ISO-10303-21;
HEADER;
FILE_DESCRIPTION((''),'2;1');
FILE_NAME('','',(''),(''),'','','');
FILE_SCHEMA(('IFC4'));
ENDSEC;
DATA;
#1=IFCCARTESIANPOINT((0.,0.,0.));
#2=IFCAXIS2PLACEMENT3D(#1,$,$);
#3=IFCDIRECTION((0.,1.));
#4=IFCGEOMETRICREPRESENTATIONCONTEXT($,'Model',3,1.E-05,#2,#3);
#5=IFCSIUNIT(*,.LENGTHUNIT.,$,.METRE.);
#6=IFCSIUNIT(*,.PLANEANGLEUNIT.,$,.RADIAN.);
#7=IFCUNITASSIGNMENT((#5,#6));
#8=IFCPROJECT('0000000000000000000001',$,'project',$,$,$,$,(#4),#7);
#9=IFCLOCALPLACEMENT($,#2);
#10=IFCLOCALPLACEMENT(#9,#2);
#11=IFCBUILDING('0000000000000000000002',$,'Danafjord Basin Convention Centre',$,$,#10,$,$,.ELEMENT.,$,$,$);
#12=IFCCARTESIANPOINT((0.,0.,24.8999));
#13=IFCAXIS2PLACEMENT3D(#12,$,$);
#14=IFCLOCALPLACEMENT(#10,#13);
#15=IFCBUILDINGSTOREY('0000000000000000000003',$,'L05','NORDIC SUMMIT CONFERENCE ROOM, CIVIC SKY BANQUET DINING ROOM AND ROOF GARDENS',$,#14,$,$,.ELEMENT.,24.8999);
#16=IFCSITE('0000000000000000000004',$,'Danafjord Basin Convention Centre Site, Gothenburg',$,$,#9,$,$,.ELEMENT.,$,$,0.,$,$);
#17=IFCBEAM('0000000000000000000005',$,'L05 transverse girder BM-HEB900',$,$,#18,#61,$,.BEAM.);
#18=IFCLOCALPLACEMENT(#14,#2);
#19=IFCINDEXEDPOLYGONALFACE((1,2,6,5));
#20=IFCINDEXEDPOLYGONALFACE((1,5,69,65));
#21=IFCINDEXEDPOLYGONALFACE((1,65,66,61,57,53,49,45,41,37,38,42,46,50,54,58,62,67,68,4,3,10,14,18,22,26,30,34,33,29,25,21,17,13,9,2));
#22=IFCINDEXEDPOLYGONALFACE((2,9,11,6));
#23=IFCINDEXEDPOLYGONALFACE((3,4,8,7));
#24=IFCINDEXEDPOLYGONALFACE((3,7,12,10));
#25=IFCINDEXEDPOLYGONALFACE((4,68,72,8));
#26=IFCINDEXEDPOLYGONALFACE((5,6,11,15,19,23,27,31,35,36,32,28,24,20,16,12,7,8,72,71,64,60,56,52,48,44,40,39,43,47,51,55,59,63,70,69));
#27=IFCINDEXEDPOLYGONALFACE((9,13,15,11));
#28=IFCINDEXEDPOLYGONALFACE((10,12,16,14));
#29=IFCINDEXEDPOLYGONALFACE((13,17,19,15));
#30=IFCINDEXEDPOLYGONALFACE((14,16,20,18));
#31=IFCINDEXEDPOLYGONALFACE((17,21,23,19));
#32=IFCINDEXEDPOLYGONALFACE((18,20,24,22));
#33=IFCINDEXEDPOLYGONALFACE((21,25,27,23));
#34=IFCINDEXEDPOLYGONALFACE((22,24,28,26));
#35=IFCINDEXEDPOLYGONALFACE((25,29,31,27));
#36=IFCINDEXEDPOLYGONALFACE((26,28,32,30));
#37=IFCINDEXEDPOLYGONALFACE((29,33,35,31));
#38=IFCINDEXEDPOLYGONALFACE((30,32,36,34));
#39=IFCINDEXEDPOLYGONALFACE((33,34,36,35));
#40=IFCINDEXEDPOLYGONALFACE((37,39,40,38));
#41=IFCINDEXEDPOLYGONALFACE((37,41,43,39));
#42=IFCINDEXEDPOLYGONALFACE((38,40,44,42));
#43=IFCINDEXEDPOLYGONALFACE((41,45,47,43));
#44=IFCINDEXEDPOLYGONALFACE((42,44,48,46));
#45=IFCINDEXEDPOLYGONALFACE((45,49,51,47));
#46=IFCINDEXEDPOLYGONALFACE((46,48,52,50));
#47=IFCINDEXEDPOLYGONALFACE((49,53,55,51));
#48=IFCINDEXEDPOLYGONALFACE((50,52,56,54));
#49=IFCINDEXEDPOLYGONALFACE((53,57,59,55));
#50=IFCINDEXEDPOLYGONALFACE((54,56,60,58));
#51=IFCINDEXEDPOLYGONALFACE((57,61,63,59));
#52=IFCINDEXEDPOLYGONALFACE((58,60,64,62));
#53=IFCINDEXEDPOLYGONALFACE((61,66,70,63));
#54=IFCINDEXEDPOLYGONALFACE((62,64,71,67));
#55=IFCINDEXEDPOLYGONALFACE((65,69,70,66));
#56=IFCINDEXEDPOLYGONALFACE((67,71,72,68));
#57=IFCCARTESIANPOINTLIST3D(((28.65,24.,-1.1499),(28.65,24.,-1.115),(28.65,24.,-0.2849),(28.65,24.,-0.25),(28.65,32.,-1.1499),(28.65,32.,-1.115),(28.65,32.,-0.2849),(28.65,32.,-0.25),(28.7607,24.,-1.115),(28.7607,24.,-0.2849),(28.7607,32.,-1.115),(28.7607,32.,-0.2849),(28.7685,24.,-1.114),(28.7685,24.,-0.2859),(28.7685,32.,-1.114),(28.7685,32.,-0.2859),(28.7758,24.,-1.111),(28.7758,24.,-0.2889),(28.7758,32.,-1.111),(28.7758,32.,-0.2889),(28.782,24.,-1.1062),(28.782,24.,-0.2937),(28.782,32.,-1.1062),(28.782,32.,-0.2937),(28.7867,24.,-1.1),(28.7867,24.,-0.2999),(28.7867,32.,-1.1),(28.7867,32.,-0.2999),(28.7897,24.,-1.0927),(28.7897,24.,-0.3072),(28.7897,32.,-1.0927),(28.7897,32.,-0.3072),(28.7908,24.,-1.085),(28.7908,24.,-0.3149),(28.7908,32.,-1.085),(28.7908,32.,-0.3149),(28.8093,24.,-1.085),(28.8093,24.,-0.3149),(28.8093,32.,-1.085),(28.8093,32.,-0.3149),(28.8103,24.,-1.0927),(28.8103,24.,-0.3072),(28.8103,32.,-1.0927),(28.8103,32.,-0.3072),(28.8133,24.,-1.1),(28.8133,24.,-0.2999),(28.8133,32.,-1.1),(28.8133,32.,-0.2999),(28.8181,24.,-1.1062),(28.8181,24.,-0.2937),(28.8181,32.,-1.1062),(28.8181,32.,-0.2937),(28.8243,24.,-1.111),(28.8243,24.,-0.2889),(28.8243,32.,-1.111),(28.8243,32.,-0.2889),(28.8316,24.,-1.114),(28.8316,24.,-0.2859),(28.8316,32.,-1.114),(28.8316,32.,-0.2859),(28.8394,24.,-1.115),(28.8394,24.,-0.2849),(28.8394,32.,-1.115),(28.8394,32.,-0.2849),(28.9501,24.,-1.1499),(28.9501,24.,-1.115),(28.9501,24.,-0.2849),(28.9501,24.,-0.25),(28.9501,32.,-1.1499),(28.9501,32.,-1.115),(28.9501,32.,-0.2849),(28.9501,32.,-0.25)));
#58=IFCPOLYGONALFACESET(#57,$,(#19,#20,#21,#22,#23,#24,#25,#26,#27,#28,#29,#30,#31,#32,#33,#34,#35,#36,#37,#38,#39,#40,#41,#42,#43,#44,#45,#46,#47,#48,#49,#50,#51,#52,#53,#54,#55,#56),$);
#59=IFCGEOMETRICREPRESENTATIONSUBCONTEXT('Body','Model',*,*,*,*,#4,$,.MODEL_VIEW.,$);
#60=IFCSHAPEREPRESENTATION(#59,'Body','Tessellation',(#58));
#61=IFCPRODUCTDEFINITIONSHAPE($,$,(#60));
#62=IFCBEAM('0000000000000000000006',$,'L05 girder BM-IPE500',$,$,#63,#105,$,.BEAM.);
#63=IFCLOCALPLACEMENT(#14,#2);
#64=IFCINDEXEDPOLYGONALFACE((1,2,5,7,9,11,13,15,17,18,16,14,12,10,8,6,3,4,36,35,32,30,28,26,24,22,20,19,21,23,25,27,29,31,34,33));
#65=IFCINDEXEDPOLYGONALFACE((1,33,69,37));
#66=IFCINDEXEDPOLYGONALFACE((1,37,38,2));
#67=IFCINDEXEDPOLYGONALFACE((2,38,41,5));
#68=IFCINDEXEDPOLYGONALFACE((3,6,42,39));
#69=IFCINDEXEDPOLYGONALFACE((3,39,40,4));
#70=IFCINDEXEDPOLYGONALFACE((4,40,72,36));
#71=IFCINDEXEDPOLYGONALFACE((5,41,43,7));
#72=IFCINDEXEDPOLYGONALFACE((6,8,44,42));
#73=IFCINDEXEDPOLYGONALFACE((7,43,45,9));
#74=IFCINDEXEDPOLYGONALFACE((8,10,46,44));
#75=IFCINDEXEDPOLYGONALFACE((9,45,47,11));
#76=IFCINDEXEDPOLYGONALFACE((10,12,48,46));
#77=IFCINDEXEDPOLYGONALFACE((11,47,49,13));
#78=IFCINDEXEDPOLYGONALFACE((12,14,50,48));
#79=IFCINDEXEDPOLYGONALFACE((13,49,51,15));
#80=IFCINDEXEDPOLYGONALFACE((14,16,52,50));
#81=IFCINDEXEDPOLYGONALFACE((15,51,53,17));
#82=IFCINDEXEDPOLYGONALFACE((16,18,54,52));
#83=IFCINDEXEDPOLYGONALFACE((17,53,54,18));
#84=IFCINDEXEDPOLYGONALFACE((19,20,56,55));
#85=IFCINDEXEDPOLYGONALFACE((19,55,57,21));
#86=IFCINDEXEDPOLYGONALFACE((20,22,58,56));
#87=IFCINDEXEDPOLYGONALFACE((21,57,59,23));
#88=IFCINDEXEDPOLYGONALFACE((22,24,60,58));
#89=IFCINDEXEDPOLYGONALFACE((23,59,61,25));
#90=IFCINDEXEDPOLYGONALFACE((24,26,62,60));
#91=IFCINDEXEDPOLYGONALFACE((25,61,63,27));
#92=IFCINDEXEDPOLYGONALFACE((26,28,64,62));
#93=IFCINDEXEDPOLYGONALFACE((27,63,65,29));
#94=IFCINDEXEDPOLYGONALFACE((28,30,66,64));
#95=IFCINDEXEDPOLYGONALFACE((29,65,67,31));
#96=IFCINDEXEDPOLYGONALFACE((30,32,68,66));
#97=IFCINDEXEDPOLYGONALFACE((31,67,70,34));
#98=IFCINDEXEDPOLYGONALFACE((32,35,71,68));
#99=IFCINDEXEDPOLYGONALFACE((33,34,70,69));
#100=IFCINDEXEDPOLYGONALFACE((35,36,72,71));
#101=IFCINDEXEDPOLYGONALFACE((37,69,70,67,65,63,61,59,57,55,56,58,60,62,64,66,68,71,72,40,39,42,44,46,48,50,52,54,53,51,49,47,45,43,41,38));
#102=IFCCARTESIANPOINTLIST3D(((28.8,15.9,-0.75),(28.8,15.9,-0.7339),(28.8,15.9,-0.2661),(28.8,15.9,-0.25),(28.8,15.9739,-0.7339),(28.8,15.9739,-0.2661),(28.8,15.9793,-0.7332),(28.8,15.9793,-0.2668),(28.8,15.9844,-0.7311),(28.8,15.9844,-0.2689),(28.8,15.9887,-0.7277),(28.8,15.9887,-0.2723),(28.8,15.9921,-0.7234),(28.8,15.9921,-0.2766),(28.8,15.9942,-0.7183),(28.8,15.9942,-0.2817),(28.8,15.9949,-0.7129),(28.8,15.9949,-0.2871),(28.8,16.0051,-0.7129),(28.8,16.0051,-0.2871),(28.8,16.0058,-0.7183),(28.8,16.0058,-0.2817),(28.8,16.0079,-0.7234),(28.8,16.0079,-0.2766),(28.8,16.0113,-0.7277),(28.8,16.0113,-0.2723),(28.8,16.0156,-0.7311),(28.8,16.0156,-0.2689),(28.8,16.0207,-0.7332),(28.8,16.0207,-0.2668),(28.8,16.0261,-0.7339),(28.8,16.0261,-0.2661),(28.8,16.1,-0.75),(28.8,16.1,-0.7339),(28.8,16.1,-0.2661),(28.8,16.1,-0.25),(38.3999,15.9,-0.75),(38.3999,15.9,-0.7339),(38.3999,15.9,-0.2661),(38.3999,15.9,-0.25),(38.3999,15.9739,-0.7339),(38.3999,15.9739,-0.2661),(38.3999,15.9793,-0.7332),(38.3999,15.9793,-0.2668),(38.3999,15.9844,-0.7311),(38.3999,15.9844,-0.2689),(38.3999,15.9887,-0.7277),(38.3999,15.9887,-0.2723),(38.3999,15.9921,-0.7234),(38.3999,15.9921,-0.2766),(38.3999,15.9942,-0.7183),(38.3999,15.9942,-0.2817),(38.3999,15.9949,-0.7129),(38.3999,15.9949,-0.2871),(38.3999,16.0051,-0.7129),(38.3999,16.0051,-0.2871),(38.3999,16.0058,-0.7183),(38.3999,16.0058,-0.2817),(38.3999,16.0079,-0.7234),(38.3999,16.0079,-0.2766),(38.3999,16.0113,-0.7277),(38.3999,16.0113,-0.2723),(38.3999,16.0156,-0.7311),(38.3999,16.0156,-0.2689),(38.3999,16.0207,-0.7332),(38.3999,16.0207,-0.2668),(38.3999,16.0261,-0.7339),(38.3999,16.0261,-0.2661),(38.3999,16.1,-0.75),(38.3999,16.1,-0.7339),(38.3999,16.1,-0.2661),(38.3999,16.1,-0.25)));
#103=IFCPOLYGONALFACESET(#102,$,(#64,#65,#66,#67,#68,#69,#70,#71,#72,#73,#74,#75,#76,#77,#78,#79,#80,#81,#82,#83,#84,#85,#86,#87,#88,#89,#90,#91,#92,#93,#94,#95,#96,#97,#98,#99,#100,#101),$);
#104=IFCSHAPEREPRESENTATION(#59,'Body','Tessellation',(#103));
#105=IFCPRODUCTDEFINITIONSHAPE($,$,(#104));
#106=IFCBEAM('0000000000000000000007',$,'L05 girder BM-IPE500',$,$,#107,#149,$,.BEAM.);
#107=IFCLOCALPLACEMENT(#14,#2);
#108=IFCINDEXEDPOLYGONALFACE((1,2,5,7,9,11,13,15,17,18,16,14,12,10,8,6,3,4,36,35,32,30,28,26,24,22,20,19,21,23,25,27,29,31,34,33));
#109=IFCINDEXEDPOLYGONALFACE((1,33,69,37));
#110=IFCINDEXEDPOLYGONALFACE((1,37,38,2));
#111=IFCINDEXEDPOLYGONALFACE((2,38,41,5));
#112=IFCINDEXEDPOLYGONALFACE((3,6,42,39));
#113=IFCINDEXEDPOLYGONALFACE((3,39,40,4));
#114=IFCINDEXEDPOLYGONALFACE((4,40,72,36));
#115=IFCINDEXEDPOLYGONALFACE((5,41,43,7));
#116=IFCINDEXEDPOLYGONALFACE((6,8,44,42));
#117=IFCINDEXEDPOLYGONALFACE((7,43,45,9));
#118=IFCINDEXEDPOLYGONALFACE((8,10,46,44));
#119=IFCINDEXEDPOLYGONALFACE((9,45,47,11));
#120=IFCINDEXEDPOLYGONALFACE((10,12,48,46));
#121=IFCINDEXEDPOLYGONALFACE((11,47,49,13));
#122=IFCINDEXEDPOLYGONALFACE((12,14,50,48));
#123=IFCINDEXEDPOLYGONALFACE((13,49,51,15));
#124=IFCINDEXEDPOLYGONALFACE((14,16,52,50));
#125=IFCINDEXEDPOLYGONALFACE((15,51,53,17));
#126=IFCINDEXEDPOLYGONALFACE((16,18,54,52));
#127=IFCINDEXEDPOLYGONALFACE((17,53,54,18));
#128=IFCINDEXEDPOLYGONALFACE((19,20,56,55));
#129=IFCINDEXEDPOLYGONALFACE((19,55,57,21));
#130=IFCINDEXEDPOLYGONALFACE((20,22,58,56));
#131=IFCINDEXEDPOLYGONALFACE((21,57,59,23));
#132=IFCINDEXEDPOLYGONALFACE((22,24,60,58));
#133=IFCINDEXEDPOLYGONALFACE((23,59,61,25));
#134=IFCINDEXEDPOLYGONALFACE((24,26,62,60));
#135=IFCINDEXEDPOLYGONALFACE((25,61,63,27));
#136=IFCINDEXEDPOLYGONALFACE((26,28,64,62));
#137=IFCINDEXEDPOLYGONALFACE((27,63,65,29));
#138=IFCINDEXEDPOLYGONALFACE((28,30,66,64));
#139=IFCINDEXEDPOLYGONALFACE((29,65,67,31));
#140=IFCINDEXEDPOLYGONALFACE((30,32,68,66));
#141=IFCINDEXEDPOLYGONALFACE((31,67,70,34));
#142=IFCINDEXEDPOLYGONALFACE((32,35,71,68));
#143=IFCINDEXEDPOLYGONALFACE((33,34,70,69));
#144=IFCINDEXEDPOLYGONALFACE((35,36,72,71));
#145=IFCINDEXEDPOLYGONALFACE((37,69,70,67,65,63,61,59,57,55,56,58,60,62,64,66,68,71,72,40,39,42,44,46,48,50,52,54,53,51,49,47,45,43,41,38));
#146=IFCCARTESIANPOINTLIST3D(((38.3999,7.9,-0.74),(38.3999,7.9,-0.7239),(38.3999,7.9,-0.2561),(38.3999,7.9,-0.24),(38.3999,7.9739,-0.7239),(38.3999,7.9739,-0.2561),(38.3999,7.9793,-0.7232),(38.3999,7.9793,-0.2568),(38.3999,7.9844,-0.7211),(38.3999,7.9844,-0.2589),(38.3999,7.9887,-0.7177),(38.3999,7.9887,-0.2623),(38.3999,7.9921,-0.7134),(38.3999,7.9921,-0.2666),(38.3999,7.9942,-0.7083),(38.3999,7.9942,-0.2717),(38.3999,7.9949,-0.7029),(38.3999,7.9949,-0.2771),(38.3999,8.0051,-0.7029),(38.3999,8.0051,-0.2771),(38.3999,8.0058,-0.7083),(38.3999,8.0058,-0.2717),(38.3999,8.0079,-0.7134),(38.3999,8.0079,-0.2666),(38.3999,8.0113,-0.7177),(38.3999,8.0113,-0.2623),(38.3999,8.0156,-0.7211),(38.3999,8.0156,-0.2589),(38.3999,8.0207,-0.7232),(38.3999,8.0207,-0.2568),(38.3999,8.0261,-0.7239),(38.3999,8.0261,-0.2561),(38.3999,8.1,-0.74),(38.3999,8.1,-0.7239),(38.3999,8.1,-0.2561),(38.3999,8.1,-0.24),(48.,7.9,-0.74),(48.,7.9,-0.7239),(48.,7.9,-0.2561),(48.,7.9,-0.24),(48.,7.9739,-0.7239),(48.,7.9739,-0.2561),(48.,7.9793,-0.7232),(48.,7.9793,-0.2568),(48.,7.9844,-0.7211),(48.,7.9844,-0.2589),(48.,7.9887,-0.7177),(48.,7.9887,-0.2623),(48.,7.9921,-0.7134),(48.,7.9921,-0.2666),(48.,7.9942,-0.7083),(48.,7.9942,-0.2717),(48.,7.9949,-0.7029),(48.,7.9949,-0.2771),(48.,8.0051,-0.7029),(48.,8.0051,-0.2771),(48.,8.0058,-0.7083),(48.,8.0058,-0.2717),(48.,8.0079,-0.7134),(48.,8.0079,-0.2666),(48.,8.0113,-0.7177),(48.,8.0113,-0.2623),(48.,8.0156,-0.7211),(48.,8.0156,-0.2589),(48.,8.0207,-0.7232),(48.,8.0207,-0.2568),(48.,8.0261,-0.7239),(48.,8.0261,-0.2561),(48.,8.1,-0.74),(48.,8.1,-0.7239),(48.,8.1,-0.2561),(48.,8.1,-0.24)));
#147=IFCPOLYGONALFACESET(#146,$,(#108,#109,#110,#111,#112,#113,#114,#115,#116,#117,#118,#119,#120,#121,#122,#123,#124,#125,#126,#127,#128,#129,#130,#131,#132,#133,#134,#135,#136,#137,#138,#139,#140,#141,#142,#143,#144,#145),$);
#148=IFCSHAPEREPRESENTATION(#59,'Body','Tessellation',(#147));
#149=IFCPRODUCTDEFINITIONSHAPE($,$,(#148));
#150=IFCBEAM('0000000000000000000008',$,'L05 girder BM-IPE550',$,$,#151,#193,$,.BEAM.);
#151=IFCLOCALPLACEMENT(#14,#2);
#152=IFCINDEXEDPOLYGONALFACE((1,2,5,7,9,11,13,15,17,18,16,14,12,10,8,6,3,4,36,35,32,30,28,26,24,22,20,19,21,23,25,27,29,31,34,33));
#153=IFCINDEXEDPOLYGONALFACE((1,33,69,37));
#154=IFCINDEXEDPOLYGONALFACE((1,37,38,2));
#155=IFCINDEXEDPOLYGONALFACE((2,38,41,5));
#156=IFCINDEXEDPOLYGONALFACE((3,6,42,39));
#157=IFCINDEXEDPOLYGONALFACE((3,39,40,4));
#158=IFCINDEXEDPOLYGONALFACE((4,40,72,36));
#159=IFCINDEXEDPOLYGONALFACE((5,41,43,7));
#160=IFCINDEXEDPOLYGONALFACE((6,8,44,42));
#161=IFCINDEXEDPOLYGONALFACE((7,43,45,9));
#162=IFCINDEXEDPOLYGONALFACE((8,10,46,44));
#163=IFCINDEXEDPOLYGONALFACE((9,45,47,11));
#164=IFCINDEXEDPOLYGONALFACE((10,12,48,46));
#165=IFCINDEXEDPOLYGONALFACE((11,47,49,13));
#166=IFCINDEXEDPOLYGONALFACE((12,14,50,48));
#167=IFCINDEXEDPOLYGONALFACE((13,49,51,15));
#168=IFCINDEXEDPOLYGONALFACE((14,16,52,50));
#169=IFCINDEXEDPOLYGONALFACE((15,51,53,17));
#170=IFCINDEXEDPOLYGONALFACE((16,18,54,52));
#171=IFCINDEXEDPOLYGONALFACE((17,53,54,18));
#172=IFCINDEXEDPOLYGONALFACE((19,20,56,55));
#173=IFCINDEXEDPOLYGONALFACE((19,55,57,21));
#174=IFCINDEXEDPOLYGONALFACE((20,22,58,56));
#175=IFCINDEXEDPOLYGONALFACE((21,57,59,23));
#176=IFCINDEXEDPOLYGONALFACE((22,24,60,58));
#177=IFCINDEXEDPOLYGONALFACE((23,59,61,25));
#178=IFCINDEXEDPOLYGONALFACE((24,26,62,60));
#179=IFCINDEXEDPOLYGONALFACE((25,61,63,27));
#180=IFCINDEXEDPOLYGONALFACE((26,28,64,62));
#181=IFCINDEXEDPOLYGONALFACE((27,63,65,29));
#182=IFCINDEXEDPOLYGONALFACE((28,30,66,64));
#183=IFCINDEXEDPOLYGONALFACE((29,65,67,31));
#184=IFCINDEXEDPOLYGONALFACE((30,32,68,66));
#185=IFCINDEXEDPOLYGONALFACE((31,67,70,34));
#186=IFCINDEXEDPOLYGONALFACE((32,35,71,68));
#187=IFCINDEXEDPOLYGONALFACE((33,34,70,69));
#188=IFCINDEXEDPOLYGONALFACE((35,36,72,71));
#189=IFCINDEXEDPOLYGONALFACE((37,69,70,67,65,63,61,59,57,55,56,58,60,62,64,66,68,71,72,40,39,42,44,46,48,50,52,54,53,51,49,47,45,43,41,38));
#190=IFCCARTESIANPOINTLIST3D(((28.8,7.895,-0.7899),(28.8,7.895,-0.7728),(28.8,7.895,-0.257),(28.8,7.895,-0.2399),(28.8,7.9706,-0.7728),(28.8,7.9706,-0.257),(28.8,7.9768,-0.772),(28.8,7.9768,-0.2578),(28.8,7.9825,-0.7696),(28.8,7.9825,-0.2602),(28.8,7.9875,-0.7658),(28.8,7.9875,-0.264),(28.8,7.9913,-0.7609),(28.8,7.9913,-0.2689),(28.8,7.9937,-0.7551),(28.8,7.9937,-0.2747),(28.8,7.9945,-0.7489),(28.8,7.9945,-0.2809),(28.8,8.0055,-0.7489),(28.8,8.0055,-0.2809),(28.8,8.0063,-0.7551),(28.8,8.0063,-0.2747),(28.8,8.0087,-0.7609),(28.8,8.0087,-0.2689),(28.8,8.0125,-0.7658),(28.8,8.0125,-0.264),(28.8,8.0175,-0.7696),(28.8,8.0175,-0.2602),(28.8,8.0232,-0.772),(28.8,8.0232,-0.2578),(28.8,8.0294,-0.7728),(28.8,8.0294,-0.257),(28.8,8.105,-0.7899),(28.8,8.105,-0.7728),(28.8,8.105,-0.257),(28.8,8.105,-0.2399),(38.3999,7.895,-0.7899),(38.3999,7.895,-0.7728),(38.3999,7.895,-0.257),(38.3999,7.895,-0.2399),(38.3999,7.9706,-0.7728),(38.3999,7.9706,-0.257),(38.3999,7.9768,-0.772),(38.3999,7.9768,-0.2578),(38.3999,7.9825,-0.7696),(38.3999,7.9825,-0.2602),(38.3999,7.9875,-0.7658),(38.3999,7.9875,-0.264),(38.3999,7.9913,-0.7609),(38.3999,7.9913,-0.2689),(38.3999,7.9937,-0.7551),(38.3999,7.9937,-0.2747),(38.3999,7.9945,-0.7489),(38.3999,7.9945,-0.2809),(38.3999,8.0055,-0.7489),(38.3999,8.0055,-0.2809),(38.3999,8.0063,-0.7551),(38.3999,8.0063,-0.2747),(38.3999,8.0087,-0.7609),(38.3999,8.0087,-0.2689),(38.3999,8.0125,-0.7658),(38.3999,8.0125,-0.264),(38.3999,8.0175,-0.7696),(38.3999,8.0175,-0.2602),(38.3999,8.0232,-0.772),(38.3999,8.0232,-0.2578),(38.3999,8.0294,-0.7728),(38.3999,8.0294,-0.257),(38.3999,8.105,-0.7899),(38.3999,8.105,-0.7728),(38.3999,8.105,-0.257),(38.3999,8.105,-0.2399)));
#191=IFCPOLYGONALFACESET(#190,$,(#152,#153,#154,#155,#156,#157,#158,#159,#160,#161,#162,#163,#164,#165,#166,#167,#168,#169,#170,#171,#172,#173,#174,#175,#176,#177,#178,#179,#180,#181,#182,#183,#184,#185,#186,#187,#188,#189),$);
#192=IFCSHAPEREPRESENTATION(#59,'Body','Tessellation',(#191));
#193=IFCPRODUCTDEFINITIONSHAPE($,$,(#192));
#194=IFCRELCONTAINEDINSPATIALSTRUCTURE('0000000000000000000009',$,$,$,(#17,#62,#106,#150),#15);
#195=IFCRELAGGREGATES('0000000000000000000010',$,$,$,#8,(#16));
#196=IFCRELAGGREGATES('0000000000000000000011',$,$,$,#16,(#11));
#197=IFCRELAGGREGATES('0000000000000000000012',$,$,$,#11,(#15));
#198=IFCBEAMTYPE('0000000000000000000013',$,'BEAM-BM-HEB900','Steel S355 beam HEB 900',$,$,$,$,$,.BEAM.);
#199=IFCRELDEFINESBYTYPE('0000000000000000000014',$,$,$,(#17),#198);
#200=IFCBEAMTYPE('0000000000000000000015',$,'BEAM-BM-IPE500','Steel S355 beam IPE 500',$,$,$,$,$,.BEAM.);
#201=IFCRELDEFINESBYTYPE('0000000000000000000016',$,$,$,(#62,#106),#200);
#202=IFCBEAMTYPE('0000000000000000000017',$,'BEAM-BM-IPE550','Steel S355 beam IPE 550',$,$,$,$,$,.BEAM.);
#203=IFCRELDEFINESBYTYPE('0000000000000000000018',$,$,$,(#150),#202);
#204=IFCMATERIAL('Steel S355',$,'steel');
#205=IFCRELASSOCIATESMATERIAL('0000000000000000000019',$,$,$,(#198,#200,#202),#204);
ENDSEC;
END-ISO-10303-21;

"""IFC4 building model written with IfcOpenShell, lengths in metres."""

from ifc_helpers import new_model, si_unit, direction, frame, origin, origin_2d, place, context, subcontext, project, spatial, i_section, extrude, material, material_profile, profile_set, type_object, element, save


model = new_model("IFC4")

# Units and contexts
model_context = context("Model", 3, precision=1e-05, world=origin(), true_north=direction((0.0, 1.0)))
body_context = subcontext(model_context, "Body", "Model", "MODEL_VIEW")
ifc_project = project(units=[si_unit("LENGTHUNIT", "METRE"), si_unit("PLANEANGLEUNIT", "RADIAN")], contexts=[model_context])

# Site, building, storey
site_placement = place(None, origin())
site = spatial("IfcSite", under=ifc_project, at=site_placement, Name="Danafjord Basin Convention Centre Site, Gothenburg", CompositionType="ELEMENT", RefElevation=0.0)
building_placement = place(site_placement, origin())
building = spatial("IfcBuilding", under=site, at=building_placement, Name="Danafjord Basin Convention Centre", CompositionType="ELEMENT")
storey_placement = place(building_placement, frame((0.0, 0.0, 24.8999)))
storey = spatial("IfcBuildingStorey", under=building, at=storey_placement, Name="L05", Description="NORDIC SUMMIT CONFERENCE ROOM, CIVIC SKY BANQUET DINING ROOM AND ROOF GARDENS", CompositionType="ELEMENT", Elevation=24.8999)

# Shared definitions
ifc_material_1 = material(Name="Steel S355", Category="steel")

# Beams
ifc_material_profile_1 = material_profile(ifc_material_1, i_section(OverallWidth=0.3, OverallDepth=0.8999, WebThickness=0.0186, FlangeThickness=0.0349, FilletRadius=0.03, at=origin_2d()), Name="HEB 900")
ifc_profile_set_1 = profile_set([ifc_material_profile_1], Name="Steel S355")
beam_type_1 = type_object("IfcBeamType", Name="BEAM-BM-HEB900", Description="Steel S355 beam HEB 900", PredefinedType="BEAM", material=ifc_profile_set_1)
beam_1_placement = place(storey_placement, frame((28.8, 24.0, -0.7), z_axis=(0.0, 1.0, 0.0), x_axis=(-1.0, 0.0, 0.0)))
element("IfcBeam", 1, at=beam_1_placement, inside=storey, type_object=beam_type_1, Name="L05 transverse girder BM-HEB900", PredefinedType="BEAM", context=body_context, shape_type="SweptSolid", body=[
    extrude(i_section(OverallWidth=0.3, OverallDepth=0.8999, WebThickness=0.0186, FlangeThickness=0.0349, FilletRadius=0.03, at=origin_2d()), origin(), (0.0, 0.0, 1.0), 8.0),
])
ifc_material_profile_2 = material_profile(ifc_material_1, i_section(OverallWidth=0.2, OverallDepth=0.5, WebThickness=0.0103, FlangeThickness=0.0161, FilletRadius=0.021, at=origin_2d()), Name="IPE 500")
ifc_profile_set_2 = profile_set([ifc_material_profile_2], Name="Steel S355")
beam_type_2 = type_object("IfcBeamType", Name="BEAM-BM-IPE500", Description="Steel S355 beam IPE 500", PredefinedType="BEAM", material=ifc_profile_set_2)
beam_2_placement = place(storey_placement, frame((28.8, 16.0, -0.5), z_axis=(1.0, 0.0, 0.0), x_axis=(0.0, 1.0, 0.0)))
element("IfcBeam", 2, at=beam_2_placement, inside=storey, type_object=beam_type_2, Name="L05 girder BM-IPE500", PredefinedType="BEAM", context=body_context, shape_type="SweptSolid", body=[
    extrude(i_section(OverallWidth=0.2, OverallDepth=0.5, WebThickness=0.0103, FlangeThickness=0.0161, FilletRadius=0.021, at=origin_2d()), origin(), (0.0, 0.0, 1.0), 9.5999),
])
beam_3_placement = place(storey_placement, frame((38.3999, 8.0, -0.49), z_axis=(1.0, 0.0, 0.0), x_axis=(0.0, 1.0, 0.0)))
element("IfcBeam", 3, at=beam_3_placement, inside=storey, type_object=beam_type_2, Name="L05 girder BM-IPE500", PredefinedType="BEAM", context=body_context, shape_type="SweptSolid", body=[
    extrude(i_section(OverallWidth=0.2, OverallDepth=0.5, WebThickness=0.0103, FlangeThickness=0.0161, FilletRadius=0.021, at=origin_2d()), origin(), (0.0, 0.0, 1.0), 9.6001),
])
ifc_material_profile_3 = material_profile(ifc_material_1, i_section(OverallWidth=0.21, OverallDepth=0.55, WebThickness=0.011, FlangeThickness=0.0171, FilletRadius=0.0239, at=origin_2d()), Name="IPE 550")
ifc_profile_set_3 = profile_set([ifc_material_profile_3], Name="Steel S355")
beam_type_3 = type_object("IfcBeamType", Name="BEAM-BM-IPE550", Description="Steel S355 beam IPE 550", PredefinedType="BEAM", material=ifc_profile_set_3)
beam_4_placement = place(storey_placement, frame((28.8, 8.0, -0.5149), z_axis=(1.0, 0.0, 0.0), x_axis=(0.0, 1.0, 0.0)))
element("IfcBeam", 4, at=beam_4_placement, inside=storey, type_object=beam_type_3, Name="L05 girder BM-IPE550", PredefinedType="BEAM", context=body_context, shape_type="SweptSolid", body=[
    extrude(i_section(OverallWidth=0.21, OverallDepth=0.55, WebThickness=0.011, FlangeThickness=0.0171, FilletRadius=0.0239, at=origin_2d()), origin(), (0.0, 0.0, 1.0), 9.5999),
])

save(model, "model.ifc")
